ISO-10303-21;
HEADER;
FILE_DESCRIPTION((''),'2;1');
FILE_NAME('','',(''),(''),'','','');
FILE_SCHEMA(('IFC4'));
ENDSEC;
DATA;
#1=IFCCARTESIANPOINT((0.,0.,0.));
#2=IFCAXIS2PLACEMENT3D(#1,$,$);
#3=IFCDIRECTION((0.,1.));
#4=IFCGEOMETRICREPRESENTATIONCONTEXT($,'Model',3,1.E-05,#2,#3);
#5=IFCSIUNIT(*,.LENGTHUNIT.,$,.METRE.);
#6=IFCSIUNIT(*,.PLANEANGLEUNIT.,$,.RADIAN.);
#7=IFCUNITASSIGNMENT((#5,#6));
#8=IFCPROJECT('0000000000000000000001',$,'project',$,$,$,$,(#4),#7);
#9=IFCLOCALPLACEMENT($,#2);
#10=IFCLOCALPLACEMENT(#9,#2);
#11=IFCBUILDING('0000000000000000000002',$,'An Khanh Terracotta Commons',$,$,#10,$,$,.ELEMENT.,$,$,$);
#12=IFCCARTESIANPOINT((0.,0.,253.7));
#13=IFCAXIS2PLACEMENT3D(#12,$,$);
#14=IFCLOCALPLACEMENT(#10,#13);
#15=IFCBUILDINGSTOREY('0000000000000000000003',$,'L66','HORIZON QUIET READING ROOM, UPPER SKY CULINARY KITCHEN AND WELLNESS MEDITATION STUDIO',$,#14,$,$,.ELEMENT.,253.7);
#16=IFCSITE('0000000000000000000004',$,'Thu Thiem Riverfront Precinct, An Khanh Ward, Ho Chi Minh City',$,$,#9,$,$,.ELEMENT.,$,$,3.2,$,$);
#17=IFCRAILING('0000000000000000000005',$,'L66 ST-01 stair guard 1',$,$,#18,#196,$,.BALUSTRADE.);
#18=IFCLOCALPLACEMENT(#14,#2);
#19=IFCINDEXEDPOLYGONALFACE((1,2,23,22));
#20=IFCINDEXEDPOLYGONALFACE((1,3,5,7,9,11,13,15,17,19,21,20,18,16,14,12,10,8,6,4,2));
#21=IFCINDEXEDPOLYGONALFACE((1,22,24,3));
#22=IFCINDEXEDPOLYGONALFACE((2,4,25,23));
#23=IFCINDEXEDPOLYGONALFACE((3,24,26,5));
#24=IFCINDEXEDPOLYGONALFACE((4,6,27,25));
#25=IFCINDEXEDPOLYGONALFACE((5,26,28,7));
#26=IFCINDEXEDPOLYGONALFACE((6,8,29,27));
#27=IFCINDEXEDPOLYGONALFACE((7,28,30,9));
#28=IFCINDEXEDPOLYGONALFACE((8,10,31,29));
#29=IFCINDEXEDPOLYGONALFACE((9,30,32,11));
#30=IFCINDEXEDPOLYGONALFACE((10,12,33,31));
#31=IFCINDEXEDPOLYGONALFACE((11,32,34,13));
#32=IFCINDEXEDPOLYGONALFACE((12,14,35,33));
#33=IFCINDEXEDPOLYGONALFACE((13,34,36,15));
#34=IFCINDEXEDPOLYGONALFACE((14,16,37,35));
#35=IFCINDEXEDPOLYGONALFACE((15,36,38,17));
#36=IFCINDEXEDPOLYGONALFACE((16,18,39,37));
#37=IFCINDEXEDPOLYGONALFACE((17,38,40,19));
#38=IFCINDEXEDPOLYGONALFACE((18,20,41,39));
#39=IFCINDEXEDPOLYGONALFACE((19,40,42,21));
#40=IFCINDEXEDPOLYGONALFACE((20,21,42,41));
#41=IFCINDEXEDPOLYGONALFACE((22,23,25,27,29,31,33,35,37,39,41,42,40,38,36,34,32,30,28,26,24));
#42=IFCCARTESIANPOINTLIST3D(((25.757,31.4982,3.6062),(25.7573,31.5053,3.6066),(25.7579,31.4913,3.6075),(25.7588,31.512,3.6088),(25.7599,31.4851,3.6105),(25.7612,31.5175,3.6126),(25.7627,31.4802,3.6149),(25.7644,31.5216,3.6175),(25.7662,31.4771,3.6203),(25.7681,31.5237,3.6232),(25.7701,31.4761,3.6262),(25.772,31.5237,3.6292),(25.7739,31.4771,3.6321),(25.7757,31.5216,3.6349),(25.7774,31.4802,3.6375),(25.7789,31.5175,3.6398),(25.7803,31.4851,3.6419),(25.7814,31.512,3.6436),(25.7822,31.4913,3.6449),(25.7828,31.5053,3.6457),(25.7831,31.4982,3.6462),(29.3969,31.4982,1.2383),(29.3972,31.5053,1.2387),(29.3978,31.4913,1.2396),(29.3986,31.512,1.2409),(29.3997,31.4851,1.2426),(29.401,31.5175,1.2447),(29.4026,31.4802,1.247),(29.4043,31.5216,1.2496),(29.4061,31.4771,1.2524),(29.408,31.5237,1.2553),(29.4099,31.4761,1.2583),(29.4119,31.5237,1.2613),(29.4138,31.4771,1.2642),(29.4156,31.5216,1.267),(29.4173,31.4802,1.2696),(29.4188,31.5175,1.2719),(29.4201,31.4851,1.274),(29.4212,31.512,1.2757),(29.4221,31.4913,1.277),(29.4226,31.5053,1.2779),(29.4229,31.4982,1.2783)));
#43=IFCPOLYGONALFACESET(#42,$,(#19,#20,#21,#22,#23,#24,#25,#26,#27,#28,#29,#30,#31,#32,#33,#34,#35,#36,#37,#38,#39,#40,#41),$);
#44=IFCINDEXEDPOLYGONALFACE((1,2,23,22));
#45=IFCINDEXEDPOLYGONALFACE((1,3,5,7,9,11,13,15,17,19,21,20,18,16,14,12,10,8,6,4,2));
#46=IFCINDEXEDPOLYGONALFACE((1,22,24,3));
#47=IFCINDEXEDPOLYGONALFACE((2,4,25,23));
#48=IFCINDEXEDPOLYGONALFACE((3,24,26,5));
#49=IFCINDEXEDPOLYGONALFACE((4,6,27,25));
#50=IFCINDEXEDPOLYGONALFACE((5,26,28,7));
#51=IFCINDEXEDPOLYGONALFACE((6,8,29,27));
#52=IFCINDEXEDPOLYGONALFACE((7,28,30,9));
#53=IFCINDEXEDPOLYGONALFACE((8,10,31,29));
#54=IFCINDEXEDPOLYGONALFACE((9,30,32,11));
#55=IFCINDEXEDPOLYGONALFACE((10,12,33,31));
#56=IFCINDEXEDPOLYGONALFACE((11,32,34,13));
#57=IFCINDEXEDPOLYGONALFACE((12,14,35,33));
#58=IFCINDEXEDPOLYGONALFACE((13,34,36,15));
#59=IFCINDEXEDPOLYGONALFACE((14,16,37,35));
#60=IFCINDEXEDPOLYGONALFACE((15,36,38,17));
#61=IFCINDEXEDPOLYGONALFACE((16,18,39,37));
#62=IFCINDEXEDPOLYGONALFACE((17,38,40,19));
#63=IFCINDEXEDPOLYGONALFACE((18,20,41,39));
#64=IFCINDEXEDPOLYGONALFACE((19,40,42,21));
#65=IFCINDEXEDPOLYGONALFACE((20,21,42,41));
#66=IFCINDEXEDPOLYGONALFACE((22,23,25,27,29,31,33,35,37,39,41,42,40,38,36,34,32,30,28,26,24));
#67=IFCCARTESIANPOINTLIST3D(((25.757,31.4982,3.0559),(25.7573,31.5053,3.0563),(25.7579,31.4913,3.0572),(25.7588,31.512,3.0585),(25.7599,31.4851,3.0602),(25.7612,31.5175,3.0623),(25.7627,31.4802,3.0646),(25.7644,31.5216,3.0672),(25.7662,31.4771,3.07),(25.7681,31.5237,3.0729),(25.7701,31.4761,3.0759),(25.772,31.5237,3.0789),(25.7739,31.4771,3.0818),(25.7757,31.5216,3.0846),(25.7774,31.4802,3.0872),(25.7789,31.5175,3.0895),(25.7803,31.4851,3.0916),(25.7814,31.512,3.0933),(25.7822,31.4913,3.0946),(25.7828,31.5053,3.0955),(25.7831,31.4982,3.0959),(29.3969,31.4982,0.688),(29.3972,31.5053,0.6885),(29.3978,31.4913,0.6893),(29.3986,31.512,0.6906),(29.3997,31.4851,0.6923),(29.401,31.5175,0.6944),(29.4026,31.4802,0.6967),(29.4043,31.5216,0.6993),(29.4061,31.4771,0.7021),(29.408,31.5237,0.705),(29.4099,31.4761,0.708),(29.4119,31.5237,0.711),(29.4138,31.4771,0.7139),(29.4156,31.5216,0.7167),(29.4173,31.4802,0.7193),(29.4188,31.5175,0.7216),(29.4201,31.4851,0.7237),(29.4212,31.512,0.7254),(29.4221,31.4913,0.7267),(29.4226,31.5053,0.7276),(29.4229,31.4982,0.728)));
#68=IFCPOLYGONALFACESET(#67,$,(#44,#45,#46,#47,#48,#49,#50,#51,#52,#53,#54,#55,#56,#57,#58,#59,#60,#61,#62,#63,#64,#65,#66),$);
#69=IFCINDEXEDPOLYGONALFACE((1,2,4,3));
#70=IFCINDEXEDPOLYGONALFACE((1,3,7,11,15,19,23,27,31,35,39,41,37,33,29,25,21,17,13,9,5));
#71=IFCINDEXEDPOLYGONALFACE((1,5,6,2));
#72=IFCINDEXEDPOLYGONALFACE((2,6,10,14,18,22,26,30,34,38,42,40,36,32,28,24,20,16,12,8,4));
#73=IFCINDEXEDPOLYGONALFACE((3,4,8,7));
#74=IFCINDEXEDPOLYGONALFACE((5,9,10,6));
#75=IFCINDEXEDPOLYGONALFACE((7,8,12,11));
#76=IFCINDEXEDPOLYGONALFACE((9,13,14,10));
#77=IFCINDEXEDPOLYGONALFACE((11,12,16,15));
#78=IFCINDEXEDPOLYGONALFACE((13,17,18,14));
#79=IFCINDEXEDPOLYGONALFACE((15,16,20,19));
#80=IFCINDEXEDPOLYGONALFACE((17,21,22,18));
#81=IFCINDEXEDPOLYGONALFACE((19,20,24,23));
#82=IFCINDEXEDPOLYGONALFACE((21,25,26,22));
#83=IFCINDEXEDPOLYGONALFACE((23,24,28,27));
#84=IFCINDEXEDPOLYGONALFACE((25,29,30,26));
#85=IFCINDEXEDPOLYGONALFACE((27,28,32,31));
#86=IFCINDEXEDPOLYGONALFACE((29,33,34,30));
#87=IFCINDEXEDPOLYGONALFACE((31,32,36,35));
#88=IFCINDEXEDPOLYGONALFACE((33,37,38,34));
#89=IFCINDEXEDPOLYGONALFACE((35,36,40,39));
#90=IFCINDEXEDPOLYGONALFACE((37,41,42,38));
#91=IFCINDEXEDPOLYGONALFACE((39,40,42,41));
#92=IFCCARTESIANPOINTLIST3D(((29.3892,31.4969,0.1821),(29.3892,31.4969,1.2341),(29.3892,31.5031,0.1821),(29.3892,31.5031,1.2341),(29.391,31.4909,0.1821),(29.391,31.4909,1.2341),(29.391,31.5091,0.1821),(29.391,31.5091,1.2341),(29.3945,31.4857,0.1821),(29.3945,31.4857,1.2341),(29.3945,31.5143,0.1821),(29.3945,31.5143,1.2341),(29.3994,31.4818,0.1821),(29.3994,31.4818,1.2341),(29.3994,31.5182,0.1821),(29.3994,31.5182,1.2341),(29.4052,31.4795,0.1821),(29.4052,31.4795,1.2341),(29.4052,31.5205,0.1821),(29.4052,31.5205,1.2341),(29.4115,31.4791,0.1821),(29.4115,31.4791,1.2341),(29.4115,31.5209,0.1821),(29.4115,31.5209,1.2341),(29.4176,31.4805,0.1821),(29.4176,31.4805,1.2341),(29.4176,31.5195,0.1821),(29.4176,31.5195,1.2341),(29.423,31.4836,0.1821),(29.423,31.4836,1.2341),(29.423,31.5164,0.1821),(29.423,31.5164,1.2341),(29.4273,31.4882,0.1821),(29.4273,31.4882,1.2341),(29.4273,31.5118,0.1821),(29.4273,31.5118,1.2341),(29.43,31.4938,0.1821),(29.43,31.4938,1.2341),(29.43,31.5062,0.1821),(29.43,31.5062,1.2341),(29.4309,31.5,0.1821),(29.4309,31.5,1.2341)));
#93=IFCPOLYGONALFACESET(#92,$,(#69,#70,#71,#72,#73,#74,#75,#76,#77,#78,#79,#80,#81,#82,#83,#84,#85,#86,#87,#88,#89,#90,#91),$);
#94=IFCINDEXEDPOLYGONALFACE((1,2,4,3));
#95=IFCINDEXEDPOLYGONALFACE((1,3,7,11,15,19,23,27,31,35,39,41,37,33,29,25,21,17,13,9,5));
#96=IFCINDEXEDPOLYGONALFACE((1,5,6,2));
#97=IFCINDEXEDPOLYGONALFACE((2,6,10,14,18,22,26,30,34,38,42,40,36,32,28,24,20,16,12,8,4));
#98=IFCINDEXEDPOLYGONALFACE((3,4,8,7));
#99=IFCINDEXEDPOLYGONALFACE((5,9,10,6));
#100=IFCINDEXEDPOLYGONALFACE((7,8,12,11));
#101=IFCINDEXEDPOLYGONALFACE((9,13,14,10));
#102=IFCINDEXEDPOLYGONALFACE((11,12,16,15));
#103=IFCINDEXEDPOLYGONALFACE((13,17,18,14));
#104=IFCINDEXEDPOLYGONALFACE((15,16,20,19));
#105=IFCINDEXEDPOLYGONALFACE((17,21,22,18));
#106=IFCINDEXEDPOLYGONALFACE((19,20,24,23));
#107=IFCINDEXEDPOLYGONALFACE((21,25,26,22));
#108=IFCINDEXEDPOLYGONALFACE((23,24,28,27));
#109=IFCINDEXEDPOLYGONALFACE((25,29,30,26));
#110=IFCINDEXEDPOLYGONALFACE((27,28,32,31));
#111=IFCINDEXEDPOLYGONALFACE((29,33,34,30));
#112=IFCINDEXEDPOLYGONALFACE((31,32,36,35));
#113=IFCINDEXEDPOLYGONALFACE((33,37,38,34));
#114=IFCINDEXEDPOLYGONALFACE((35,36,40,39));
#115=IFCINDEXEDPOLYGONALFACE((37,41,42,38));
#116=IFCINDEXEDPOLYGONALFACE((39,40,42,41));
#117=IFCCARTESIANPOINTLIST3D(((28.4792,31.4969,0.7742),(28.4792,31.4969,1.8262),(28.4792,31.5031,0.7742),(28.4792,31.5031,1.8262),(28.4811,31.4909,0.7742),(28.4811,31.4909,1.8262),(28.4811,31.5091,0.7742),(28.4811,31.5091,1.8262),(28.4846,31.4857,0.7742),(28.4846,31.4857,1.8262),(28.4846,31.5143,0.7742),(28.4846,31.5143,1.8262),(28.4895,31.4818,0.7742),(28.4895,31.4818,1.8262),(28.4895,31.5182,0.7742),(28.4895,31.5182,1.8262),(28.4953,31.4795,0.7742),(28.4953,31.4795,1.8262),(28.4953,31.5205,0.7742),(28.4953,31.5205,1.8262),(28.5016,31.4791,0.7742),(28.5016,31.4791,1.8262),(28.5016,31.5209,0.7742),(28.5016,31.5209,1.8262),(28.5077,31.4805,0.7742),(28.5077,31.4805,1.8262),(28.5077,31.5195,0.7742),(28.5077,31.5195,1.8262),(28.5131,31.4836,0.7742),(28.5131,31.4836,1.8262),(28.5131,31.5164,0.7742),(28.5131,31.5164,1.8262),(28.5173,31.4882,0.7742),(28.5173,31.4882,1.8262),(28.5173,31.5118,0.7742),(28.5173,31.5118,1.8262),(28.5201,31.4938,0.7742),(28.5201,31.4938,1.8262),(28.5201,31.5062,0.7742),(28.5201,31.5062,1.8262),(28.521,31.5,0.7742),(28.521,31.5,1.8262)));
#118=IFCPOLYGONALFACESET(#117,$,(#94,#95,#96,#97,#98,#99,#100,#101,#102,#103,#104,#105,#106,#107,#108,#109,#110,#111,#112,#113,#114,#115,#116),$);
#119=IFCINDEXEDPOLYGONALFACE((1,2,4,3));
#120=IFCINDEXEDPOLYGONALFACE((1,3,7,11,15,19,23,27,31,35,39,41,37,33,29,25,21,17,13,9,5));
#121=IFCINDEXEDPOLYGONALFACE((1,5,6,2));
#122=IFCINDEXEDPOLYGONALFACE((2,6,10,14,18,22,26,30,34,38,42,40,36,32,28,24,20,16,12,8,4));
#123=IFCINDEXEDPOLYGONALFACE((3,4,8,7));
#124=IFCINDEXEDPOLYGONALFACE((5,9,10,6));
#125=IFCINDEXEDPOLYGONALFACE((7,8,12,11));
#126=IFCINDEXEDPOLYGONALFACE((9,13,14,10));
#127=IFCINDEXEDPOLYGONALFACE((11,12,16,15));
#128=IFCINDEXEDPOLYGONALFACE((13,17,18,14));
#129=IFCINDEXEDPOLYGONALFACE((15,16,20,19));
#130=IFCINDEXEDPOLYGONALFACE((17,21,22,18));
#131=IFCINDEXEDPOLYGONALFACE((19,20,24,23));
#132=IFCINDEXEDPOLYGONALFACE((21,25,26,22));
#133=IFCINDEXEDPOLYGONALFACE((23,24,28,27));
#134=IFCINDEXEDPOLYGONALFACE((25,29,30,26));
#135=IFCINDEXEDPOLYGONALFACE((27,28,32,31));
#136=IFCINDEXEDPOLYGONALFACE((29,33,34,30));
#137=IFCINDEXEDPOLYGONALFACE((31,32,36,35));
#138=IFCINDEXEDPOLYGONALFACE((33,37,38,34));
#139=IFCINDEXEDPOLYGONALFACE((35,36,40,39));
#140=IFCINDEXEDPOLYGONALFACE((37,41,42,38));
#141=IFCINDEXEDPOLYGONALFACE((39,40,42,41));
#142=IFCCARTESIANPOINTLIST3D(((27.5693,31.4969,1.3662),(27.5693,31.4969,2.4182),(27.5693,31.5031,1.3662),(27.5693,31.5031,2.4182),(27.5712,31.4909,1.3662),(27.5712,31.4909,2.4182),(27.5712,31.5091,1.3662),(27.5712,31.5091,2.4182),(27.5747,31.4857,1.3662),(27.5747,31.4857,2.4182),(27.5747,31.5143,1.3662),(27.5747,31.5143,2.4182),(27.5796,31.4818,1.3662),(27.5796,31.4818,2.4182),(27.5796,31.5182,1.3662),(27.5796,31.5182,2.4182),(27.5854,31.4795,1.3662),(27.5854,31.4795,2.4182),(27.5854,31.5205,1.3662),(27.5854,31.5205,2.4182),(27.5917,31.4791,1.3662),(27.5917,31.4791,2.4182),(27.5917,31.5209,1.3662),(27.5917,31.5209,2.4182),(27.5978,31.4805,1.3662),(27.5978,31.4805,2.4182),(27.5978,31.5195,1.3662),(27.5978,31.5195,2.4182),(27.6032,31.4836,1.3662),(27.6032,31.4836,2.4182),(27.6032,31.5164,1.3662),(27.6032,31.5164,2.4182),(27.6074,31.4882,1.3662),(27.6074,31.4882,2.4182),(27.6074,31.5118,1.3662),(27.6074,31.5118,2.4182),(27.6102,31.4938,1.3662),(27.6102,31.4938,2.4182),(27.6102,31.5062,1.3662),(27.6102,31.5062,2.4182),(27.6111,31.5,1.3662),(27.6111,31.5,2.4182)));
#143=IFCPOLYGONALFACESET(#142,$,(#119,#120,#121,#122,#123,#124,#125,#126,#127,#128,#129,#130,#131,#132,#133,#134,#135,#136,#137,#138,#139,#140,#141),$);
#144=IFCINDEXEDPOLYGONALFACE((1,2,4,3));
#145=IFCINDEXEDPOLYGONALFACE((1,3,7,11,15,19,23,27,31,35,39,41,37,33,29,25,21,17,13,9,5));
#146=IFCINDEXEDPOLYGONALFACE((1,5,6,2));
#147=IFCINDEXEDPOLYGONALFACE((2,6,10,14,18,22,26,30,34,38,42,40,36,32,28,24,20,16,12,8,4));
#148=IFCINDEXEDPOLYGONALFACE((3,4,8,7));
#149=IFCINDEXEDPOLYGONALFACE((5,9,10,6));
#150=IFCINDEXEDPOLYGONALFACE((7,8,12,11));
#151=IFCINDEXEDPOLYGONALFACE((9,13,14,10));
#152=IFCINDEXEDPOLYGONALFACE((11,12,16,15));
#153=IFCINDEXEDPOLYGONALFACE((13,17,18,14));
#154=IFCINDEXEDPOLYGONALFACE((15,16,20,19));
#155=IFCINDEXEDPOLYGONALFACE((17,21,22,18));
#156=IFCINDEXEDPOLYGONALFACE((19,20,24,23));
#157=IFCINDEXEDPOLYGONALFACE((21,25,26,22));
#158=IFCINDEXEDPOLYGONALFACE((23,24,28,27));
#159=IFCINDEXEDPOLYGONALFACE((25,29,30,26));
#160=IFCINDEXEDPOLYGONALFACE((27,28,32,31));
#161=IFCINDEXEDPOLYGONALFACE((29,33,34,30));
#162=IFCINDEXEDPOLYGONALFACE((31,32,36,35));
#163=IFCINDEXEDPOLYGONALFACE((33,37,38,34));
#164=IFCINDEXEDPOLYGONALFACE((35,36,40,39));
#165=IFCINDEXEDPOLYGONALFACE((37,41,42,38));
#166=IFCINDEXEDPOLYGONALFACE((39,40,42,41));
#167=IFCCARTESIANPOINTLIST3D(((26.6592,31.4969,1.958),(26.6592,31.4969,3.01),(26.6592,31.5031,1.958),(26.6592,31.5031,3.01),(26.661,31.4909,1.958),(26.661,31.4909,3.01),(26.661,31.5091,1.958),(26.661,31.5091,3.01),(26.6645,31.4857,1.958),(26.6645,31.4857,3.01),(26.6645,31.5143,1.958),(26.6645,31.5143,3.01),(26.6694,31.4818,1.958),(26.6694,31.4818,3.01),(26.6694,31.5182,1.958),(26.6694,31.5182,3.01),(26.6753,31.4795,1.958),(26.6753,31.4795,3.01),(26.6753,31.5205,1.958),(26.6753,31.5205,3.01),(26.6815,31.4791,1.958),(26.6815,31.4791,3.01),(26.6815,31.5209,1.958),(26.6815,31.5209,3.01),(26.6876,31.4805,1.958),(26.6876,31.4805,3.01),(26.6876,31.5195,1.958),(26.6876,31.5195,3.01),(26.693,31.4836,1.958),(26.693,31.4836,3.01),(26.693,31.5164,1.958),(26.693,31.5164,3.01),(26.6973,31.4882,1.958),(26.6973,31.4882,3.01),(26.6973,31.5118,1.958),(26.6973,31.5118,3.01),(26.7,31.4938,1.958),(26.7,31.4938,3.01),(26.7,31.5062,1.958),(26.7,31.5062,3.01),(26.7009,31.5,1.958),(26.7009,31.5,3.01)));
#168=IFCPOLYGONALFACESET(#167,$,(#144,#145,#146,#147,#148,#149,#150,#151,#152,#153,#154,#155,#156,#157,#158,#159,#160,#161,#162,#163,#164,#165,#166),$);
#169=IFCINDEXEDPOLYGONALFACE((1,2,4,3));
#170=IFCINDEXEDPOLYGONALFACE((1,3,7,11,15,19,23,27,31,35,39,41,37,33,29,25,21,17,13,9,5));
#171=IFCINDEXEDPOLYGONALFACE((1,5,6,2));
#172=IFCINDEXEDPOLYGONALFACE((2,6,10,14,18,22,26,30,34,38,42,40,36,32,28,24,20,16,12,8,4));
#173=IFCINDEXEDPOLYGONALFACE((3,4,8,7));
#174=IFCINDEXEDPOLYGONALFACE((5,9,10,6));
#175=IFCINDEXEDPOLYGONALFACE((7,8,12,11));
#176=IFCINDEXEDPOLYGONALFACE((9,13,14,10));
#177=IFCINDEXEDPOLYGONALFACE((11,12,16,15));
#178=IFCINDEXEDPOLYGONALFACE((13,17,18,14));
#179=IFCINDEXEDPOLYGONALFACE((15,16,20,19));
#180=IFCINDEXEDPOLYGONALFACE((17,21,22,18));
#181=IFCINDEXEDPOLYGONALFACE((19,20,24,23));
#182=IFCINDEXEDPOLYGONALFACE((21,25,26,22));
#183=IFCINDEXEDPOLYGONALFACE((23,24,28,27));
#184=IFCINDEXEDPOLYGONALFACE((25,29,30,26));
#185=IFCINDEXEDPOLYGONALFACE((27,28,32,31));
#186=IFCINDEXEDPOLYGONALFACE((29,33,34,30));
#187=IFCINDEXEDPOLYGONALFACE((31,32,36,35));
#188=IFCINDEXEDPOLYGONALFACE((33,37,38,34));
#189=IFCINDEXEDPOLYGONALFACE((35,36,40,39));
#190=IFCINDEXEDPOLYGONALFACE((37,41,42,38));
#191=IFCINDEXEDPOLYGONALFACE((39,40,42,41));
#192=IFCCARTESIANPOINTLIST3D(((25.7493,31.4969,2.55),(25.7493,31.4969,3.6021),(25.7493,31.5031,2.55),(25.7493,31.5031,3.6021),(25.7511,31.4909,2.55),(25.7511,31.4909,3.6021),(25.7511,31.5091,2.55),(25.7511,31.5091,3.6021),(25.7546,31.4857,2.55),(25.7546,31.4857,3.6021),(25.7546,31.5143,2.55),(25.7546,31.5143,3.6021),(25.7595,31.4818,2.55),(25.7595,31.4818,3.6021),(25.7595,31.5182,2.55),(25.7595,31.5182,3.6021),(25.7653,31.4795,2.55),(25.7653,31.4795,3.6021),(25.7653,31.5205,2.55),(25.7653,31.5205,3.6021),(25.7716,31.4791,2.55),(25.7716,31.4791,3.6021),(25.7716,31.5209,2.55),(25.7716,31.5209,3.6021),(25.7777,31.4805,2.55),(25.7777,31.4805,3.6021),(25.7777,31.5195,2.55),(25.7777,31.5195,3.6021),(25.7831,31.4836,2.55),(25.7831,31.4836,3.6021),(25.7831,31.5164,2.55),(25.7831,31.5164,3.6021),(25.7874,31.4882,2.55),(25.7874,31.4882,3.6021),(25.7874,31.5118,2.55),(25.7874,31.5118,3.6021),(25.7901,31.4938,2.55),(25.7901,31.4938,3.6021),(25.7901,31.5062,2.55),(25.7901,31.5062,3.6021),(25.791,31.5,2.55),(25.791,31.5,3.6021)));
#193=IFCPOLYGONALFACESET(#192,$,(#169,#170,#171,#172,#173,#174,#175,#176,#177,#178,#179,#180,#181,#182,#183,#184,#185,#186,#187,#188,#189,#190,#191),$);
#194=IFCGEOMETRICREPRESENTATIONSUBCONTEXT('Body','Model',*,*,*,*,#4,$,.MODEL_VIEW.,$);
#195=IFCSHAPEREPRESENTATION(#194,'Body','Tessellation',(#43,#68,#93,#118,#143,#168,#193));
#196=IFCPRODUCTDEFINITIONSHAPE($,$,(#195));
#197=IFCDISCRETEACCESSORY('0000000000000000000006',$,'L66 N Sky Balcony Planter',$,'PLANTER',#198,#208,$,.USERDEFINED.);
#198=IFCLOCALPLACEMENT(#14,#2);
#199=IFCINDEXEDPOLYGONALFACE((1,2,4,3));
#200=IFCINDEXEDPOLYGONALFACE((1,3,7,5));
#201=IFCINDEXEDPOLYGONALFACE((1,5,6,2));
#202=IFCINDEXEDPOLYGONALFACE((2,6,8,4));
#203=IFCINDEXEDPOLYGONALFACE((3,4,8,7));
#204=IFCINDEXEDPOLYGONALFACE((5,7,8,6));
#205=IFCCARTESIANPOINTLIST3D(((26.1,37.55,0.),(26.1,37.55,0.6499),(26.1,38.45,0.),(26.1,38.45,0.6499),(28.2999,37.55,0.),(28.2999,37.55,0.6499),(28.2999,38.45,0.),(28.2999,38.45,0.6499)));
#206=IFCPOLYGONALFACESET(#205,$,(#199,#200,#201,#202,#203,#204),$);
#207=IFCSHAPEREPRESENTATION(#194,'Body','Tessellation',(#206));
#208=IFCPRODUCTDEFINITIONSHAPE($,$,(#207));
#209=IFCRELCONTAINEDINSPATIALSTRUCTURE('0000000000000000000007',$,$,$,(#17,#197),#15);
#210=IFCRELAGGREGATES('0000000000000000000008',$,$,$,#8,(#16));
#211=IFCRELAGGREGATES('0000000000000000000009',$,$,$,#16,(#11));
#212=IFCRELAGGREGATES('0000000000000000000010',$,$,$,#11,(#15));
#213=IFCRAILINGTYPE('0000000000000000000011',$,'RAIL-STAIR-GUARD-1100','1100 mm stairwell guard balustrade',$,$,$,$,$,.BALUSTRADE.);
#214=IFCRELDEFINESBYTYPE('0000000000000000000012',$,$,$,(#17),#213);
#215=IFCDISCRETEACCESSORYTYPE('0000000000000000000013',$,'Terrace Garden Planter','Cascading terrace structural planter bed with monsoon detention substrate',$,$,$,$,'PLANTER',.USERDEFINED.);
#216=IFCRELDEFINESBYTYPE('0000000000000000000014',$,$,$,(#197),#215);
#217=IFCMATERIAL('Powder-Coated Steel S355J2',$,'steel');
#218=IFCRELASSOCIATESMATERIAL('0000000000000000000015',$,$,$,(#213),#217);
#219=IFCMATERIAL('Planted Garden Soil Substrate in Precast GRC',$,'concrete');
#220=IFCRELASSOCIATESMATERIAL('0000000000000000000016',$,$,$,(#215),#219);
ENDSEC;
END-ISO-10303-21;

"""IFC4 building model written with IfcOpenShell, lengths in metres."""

from ifc_helpers import new_model, si_unit, direction, frame, origin, origin_2d, place, context, subcontext, project, spatial, rectangle, circle, extrude, material, type_object, element, save


model = new_model("IFC4")

# Units and contexts
model_context = context("Model", 3, precision=1e-05, world=origin(), true_north=direction((0.0, 1.0)))
body_context = subcontext(model_context, "Body", "Model", "MODEL_VIEW")
ifc_project = project(units=[si_unit("LENGTHUNIT", "METRE"), si_unit("PLANEANGLEUNIT", "RADIAN")], contexts=[model_context])

# Site, building, storey
site_placement = place(None, origin())
site = spatial("IfcSite", under=ifc_project, at=site_placement, Name="Thu Thiem Riverfront Precinct, An Khanh Ward, Ho Chi Minh City", CompositionType="ELEMENT", RefElevation=3.2)
building_placement = place(site_placement, origin())
building = spatial("IfcBuilding", under=site, at=building_placement, Name="An Khanh Terracotta Commons", CompositionType="ELEMENT")
storey_placement = place(building_placement, frame((0.0, 0.0, 253.7)))
storey = spatial("IfcBuildingStorey", under=building, at=storey_placement, Name="L66", Description="HORIZON QUIET READING ROOM, UPPER SKY CULINARY KITCHEN AND WELLNESS MEDITATION STUDIO", CompositionType="ELEMENT", Elevation=253.7)

# Railing
ifc_material_1 = material(Name="Powder-Coated Steel S355J2", Category="steel")
railing_type_1 = type_object("IfcRailingType", Name="RAIL-STAIR-GUARD-1100", Description="1100 mm stairwell guard balustrade", PredefinedType="BALUSTRADE", material=ifc_material_1)
railing_1_placement = place(storey_placement, frame((29.4099, 31.5, 0.1821)))
element("IfcRailing", 1, at=railing_1_placement, inside=storey, type_object=railing_type_1, Name="L66 ST-01 stair guard 1", PredefinedType="BALUSTRADE", context=body_context, shape_type="SweptSolid", body=[
    extrude(circle(Radius=0.0239, at=origin_2d()), frame((0.0, 0.0, 1.0762), z_axis=(-0.838234, 0.0, 0.54531), x_axis=(0.0, -1.0, 0.0)), (0.0, 0.0, 1.0), 4.3423),
    extrude(circle(Radius=0.0239, at=origin_2d()), frame((0.0, 0.0, 0.5259), z_axis=(-0.838234, 0.0, 0.54531), x_axis=(0.0, -1.0, 0.0)), (0.0, 0.0, 1.0), 4.3423),
    extrude(circle(Radius=0.021, at=origin_2d()), origin(), (0.0, 0.0, 1.0), 1.052),
    extrude(circle(Radius=0.021, at=origin_2d()), frame((-0.9099, 0.0, 0.592)), (0.0, 0.0, 1.0), 1.052),
    extrude(circle(Radius=0.021, at=origin_2d()), frame((-1.8198, 0.0, 1.1841)), (0.0, 0.0, 1.0), 1.052),
    extrude(circle(Radius=0.021, at=origin_2d()), frame((-2.73, 0.0, 1.7759)), (0.0, 0.0, 1.0), 1.052),
    extrude(circle(Radius=0.021, at=origin_2d()), frame((-3.6399, 0.0, 2.3679)), (0.0, 0.0, 1.0), 1.052),
])

# Discrete accessory
ifc_material_2 = material(Name="Planted Garden Soil Substrate in Precast GRC", Category="concrete")
discrete_accessory_type = type_object("IfcDiscreteAccessoryType", Name="Terrace Garden Planter", Description="Cascading terrace structural planter bed with monsoon detention substrate", ElementType="PLANTER", PredefinedType="USERDEFINED", material=ifc_material_2)
discrete_accessory_placement = place(storey_placement, frame((27.2, 38.0, 0.0), z_axis=(0.0, 0.0, 1.0), x_axis=(1.0, 0.0, 0.0)))
element("IfcDiscreteAccessory", 2, at=discrete_accessory_placement, inside=storey, type_object=discrete_accessory_type, Name="L66 N Sky Balcony Planter", ObjectType="PLANTER", PredefinedType="USERDEFINED", context=body_context, shape_type="SweptSolid", body=[
    extrude(rectangle(XDim=2.2, YDim=0.8999, at=origin_2d()), origin(), (0.0, 0.0, 1.0), 0.6499),
])

save(model, "model.ifc")
